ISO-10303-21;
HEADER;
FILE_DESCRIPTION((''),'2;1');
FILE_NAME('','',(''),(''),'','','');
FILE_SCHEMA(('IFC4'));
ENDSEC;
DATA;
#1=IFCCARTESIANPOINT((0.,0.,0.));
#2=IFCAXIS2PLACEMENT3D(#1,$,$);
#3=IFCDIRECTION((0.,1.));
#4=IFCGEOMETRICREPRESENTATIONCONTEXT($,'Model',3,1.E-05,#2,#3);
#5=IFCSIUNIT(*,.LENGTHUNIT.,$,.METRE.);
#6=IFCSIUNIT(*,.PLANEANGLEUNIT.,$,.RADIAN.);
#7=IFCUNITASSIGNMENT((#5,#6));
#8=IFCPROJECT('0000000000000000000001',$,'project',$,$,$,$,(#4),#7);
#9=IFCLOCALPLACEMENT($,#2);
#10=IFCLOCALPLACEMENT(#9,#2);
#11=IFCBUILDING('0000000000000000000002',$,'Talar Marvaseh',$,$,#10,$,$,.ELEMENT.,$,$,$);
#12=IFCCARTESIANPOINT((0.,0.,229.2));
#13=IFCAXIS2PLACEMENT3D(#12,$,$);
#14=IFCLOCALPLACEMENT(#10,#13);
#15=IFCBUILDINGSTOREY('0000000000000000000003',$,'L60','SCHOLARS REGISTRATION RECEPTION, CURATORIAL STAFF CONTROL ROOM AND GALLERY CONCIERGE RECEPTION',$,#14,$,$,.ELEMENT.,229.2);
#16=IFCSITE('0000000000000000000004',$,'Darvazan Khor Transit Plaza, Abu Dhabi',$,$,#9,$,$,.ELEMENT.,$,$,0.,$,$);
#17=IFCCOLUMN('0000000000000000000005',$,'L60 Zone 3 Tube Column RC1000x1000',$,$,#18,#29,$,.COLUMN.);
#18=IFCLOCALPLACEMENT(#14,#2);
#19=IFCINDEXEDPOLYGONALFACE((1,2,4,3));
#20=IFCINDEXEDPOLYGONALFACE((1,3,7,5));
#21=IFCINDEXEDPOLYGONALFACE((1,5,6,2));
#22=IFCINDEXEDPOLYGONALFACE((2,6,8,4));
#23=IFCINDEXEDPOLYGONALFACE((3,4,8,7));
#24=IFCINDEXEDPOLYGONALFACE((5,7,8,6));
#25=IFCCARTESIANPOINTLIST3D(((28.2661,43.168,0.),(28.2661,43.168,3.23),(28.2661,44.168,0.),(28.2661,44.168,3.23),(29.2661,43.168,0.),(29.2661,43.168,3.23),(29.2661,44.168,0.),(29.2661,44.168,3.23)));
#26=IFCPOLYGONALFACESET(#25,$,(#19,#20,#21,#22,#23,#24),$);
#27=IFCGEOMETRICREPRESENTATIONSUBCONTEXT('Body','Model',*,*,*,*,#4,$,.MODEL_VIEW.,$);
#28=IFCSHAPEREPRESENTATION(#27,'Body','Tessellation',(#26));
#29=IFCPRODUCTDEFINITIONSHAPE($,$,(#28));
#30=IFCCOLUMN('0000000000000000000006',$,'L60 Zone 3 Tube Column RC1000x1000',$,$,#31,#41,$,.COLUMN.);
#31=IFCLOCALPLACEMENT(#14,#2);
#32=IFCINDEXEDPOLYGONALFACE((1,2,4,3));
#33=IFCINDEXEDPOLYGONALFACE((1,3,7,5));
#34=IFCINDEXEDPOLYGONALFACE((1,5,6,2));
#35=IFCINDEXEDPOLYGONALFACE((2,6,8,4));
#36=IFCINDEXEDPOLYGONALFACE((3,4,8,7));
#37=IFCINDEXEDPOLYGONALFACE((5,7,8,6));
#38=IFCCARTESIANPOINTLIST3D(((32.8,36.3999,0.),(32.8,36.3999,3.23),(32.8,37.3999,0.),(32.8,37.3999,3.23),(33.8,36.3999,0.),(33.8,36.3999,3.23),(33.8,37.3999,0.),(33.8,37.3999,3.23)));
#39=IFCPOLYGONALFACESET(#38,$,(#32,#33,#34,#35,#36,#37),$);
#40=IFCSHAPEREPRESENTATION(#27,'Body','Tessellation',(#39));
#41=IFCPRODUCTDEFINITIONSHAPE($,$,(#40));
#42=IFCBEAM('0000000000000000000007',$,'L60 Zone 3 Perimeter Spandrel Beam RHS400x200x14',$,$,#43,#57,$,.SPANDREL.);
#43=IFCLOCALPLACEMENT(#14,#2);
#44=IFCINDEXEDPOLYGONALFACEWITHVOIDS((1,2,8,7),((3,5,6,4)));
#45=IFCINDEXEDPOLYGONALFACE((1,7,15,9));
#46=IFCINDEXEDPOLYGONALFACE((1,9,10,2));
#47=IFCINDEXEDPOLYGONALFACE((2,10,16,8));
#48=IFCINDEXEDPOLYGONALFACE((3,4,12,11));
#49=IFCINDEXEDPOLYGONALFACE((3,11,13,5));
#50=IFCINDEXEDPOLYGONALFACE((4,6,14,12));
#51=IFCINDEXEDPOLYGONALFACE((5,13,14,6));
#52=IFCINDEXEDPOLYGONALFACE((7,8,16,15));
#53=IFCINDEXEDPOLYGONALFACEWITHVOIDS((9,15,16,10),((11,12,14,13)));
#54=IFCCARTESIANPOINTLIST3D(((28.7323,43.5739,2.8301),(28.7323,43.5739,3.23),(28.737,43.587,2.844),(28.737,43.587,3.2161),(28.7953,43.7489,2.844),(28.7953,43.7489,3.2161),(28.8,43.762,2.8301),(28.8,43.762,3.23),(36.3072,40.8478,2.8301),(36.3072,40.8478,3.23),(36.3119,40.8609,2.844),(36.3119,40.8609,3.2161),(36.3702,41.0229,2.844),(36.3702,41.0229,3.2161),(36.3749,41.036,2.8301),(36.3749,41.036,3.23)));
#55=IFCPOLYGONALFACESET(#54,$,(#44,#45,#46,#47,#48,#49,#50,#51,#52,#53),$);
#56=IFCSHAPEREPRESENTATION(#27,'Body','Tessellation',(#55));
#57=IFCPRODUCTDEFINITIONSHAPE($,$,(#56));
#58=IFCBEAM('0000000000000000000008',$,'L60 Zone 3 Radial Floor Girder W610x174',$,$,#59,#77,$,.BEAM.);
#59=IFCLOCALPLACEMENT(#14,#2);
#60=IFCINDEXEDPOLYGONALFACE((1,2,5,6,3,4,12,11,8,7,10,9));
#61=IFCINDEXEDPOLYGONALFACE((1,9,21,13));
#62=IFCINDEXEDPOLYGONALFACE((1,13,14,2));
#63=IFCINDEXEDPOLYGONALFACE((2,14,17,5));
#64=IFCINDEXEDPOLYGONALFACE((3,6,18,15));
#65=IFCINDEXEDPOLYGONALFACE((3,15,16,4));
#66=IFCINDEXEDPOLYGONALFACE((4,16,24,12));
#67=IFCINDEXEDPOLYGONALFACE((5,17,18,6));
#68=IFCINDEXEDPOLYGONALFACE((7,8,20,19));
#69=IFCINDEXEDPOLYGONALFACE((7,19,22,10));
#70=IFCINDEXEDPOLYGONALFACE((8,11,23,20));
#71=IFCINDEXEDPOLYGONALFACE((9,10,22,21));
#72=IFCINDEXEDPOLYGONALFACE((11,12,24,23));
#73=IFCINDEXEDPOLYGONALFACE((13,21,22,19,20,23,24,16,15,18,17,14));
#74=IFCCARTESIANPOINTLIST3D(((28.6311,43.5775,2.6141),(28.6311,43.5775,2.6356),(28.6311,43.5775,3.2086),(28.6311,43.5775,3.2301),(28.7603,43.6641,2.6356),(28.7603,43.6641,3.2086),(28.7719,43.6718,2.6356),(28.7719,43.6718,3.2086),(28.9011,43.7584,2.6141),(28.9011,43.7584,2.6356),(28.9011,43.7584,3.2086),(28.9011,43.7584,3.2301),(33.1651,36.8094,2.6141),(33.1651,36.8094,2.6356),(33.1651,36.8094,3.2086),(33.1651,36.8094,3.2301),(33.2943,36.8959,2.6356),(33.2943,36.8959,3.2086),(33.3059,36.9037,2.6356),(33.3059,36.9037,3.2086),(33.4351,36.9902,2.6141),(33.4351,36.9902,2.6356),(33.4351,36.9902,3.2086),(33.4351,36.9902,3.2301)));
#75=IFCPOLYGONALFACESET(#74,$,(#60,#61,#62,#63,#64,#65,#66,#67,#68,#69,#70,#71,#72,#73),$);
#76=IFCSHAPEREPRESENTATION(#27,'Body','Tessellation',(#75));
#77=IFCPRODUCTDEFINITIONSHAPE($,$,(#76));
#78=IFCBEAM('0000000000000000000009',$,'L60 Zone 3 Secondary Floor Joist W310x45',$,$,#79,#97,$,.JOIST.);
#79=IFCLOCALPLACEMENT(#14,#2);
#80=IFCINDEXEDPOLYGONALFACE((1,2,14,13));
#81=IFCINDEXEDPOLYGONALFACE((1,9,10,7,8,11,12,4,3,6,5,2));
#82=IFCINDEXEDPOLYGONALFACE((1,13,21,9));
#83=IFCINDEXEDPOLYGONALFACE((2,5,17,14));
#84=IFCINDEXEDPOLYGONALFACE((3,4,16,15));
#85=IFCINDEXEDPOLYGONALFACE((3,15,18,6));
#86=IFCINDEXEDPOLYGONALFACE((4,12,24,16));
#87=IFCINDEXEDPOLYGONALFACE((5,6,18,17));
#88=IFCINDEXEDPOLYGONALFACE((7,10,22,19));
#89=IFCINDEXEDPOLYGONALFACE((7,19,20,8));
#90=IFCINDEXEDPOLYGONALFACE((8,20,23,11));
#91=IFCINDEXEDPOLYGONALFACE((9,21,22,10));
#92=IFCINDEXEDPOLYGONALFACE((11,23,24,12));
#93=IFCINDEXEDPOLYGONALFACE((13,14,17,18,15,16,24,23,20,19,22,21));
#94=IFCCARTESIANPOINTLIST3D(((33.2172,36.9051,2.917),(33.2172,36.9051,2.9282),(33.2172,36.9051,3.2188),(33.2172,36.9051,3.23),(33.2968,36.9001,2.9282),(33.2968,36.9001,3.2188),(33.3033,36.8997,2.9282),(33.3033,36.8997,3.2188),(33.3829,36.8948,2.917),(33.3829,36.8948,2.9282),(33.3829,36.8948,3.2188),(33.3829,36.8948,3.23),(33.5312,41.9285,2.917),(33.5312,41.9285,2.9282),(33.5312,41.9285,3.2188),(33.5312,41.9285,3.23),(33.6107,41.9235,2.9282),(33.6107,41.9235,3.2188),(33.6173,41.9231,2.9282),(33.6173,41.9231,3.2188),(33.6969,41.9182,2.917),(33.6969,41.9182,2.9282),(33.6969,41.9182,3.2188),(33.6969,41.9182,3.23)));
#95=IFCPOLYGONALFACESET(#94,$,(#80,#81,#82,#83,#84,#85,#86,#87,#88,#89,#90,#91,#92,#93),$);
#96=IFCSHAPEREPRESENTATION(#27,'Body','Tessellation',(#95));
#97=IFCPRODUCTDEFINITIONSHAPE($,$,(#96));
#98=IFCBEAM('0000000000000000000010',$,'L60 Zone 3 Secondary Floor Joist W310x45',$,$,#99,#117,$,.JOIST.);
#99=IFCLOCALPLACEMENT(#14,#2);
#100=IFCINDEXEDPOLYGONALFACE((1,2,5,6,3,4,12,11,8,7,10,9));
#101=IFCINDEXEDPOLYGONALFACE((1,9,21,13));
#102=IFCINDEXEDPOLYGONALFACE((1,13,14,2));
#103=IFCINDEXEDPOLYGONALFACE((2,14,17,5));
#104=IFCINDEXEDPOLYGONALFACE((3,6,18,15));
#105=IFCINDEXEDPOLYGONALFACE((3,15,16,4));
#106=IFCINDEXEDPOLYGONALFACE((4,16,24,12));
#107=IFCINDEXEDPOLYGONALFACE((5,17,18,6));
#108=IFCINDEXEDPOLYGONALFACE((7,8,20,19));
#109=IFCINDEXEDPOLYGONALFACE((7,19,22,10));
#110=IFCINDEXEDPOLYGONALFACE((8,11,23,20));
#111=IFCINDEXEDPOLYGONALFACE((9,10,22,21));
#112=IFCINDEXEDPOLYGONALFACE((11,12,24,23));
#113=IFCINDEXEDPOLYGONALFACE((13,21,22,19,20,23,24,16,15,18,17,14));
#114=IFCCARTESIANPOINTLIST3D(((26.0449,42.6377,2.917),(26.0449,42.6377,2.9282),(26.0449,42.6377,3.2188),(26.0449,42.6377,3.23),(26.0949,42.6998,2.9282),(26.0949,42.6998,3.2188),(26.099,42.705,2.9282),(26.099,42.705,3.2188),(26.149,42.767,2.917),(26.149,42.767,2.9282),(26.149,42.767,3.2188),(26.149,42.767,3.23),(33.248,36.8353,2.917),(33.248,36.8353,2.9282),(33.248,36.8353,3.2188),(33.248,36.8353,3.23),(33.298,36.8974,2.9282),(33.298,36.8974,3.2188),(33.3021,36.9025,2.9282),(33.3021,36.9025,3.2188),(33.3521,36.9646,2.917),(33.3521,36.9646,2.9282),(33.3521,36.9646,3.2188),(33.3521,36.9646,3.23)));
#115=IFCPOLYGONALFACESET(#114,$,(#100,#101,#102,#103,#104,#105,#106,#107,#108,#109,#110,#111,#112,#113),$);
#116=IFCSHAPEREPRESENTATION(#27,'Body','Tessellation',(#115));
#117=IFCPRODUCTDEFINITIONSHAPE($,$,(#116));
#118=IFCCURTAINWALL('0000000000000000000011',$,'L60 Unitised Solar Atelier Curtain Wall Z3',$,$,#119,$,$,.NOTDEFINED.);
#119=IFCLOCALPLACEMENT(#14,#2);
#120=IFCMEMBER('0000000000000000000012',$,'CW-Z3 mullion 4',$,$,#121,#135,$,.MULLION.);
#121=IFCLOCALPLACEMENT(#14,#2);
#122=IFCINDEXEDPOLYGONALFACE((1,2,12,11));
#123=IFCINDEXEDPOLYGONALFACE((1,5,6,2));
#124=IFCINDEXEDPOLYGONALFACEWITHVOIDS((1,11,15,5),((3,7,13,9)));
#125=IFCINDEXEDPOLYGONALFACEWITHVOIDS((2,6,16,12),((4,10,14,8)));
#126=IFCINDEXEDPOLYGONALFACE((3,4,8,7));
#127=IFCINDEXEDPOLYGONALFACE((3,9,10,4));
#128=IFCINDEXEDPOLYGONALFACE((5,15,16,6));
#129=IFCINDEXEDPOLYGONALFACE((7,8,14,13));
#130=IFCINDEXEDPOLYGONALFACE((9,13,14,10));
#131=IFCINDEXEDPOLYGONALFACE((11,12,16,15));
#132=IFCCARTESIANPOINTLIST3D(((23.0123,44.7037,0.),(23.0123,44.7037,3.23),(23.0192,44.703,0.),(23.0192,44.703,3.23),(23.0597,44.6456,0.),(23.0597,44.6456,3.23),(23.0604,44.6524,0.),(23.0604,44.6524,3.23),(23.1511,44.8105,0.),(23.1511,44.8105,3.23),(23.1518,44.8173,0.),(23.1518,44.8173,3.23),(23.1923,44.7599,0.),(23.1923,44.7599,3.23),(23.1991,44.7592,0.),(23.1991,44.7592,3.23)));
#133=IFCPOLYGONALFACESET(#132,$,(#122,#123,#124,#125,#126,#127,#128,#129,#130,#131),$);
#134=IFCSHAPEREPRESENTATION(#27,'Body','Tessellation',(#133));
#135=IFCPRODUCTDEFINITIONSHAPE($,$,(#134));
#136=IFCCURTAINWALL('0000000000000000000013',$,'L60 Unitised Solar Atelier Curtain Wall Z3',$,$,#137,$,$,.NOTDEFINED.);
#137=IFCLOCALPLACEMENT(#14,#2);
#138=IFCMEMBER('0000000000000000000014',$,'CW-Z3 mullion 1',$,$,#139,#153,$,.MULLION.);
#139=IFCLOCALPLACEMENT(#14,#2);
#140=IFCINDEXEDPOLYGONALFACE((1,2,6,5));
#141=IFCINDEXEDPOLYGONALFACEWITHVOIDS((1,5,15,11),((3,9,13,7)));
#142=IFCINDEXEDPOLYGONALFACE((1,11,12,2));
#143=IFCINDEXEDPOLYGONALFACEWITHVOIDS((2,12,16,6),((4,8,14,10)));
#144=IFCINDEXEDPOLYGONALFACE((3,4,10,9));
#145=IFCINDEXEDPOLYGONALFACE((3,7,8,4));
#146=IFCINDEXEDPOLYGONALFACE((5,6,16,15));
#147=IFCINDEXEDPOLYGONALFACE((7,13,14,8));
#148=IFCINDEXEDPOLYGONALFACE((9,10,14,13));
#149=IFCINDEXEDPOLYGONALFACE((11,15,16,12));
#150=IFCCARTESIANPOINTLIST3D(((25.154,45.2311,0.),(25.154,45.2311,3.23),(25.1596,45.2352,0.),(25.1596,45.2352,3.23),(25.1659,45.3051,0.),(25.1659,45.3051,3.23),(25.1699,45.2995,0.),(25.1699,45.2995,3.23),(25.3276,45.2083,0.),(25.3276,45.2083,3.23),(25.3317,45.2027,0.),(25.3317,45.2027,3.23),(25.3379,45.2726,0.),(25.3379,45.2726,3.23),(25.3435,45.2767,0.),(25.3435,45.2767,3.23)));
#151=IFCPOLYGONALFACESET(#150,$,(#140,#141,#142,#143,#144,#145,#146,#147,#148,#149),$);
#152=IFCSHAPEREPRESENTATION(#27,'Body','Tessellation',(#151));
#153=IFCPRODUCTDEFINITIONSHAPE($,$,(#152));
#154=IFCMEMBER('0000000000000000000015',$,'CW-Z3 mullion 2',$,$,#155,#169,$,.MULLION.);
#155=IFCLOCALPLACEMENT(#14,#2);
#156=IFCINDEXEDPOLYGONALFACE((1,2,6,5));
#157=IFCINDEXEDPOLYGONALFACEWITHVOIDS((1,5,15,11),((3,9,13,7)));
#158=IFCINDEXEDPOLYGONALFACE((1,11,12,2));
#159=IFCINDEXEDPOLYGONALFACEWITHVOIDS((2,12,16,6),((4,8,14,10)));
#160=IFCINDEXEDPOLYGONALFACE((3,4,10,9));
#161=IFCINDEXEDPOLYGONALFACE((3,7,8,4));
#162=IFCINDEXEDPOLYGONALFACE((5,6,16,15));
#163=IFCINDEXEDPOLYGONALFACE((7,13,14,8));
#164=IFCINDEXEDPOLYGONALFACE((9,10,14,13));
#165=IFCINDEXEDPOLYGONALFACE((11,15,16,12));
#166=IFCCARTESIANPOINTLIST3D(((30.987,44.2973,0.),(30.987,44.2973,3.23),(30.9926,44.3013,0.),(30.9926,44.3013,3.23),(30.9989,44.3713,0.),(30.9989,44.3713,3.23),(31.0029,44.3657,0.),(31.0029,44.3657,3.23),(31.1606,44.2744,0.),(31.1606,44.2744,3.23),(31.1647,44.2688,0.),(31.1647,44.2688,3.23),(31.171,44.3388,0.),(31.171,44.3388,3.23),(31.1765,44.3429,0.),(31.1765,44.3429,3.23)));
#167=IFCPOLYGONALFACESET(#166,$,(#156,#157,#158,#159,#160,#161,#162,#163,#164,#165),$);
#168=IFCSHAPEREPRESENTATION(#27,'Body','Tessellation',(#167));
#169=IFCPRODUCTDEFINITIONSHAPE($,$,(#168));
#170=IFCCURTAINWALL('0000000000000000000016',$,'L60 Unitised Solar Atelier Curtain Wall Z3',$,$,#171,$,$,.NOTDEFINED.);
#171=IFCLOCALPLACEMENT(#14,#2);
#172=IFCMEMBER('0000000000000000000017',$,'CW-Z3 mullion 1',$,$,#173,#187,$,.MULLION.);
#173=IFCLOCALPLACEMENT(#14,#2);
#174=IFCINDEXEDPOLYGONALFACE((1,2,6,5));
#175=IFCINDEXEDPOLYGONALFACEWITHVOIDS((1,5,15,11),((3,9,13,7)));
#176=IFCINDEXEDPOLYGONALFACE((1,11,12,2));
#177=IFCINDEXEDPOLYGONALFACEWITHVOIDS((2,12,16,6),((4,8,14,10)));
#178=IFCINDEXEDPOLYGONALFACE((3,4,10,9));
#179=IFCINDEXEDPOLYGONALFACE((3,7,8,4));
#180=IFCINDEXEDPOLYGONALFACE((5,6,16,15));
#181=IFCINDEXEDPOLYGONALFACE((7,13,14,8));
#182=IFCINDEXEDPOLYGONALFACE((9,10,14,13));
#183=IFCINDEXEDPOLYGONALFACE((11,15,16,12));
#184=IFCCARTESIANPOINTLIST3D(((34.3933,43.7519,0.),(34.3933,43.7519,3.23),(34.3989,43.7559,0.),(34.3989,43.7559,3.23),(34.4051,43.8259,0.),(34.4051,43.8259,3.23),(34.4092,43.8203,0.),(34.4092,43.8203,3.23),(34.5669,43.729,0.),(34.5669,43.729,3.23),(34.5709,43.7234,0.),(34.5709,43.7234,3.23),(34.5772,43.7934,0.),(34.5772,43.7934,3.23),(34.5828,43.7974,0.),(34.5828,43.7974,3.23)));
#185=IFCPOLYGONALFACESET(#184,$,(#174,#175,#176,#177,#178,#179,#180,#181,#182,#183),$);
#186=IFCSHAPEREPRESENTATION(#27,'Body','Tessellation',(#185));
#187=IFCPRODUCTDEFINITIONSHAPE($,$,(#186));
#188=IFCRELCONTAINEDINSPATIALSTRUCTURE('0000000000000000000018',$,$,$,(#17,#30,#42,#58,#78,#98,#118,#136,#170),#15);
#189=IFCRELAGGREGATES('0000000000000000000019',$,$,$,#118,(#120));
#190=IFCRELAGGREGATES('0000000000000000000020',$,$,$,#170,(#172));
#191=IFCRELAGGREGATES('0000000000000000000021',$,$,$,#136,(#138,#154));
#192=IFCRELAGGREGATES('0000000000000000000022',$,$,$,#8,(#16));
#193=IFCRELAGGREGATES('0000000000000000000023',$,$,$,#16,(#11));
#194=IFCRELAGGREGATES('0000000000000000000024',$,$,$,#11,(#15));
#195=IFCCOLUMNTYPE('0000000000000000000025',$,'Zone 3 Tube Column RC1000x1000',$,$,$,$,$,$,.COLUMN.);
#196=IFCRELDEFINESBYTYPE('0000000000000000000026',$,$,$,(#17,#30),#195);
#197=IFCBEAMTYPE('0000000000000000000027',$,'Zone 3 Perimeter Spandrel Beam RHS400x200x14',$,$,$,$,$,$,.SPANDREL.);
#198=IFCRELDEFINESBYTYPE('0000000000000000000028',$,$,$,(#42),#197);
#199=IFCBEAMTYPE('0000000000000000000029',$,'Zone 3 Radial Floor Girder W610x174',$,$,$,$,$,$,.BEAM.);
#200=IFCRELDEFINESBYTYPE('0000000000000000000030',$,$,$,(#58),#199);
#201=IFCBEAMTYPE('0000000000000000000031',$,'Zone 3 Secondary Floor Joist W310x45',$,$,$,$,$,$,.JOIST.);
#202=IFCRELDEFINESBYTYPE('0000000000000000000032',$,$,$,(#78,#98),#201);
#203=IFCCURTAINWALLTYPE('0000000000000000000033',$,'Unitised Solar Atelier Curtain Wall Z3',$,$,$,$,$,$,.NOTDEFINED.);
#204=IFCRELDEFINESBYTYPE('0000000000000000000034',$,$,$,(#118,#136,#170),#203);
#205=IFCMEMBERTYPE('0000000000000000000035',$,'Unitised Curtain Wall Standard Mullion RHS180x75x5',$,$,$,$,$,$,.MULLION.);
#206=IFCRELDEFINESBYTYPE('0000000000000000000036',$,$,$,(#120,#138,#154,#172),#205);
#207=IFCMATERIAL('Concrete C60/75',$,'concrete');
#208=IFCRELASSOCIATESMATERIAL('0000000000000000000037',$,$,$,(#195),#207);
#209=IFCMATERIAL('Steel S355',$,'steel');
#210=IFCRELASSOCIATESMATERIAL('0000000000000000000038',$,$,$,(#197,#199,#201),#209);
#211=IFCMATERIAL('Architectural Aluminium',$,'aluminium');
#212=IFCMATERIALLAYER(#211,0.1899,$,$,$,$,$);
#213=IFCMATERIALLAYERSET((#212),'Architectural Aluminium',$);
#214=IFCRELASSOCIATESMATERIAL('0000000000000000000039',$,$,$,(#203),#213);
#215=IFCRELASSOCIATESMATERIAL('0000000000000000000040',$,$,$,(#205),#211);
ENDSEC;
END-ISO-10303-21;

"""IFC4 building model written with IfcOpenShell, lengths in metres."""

from ifc_helpers import new_model, si_unit, direction, frame, origin, origin_2d, place, context, subcontext, project, spatial, rectangle, hollow_rectangle, i_section, extrude, source, transform, mapped, material, layer, layer_set, material_profile, profile_set, type_object, type_shapes, element, aggregate, save


model = new_model("IFC4")

# Units and contexts
model_context = context("Model", 3, precision=1e-05, world=origin(), true_north=direction((0.0, 1.0)))
body_context = subcontext(model_context, "Body", "Model", "MODEL_VIEW")
ifc_project = project(units=[si_unit("LENGTHUNIT", "METRE"), si_unit("PLANEANGLEUNIT", "RADIAN")], contexts=[model_context])

# Site, building, storey
site_placement = place(None, origin())
site = spatial("IfcSite", under=ifc_project, at=site_placement, Name="Darvazan Khor Transit Plaza, Abu Dhabi", CompositionType="ELEMENT", RefElevation=0.0)
building_placement = place(site_placement, origin())
building = spatial("IfcBuilding", under=site, at=building_placement, Name="Talar Marvaseh", CompositionType="ELEMENT")
storey_placement = place(building_placement, frame((0.0, 0.0, 229.2)))
storey = spatial("IfcBuildingStorey", under=building, at=storey_placement, Name="L60", Description="SCHOLARS REGISTRATION RECEPTION, CURATORIAL STAFF CONTROL ROOM AND GALLERY CONCIERGE RECEPTION", CompositionType="ELEMENT", Elevation=229.2)

# Columns
ifc_material_1 = material(Name="Concrete C60/75", Category="concrete")
ifc_material_profile_1 = material_profile(ifc_material_1, rectangle(XDim=1.0, YDim=1.0, at=origin_2d()), Name="RC1000x1000")
ifc_profile_set_1 = profile_set([ifc_material_profile_1], Name="Concrete C60/75")
column_type = type_object("IfcColumnType", Name="Zone 3 Tube Column RC1000x1000", PredefinedType="COLUMN", material=ifc_profile_set_1)
for number, where, z_axis, x_axis, name in (
    (1, (28.7661, 43.668, 0.0), (0.0, 0.0, 1.0), (1.0, 0.0, 0.0), "L60 Zone 3 Tube Column RC1000x1000"),
    (2, (33.3, 36.8999, 0.0), (0.0, 0.0, 1.0), (1.0, 0.0, 0.0), "L60 Zone 3 Tube Column RC1000x1000"),
):
    element("IfcColumn", number, at=place(storey_placement, frame(where, z_axis=z_axis, x_axis=x_axis)), inside=storey, type_object=column_type, Name=name, PredefinedType="COLUMN", context=body_context, shape_type="SweptSolid", body=[
        extrude(rectangle(XDim=1.0, YDim=1.0, at=origin_2d()), origin(), (0.0, 0.0, 1.0), 3.23),
    ])

# Beams
ifc_material_2 = material(Name="Steel S355", Category="steel")
ifc_material_profile_2 = material_profile(ifc_material_2, hollow_rectangle(XDim=0.2, YDim=0.3999, WallThickness=0.0139, at=origin_2d()), Name="RHS400x200x14")
ifc_profile_set_2 = profile_set([ifc_material_profile_2], Name="Steel S355")
beam_type_1 = type_object("IfcBeamType", Name="Zone 3 Perimeter Spandrel Beam RHS400x200x14", PredefinedType="SPANDREL", material=ifc_profile_set_2)
beam_1_placement = place(storey_placement, frame((28.7661, 43.668, 3.03), z_axis=(0.940923, -0.33862, 0.0), x_axis=(0.33862, 0.940923, 0.0)))
element("IfcBeam", 3, at=beam_1_placement, inside=storey, type_object=beam_type_1, Name="L60 Zone 3 Perimeter Spandrel Beam RHS400x200x14", PredefinedType="SPANDREL", context=body_context, shape_type="SweptSolid", body=[
    extrude(hollow_rectangle(XDim=0.2, YDim=0.3999, WallThickness=0.0139, at=origin_2d()), origin(), (0.0, 0.0, 1.0), 8.0505),
])
ifc_material_profile_3 = material_profile(ifc_material_2, i_section(OverallWidth=0.325, OverallDepth=0.616, WebThickness=0.0139, FlangeThickness=0.0215, at=origin_2d()), Name="W610x174")
ifc_profile_set_3 = profile_set([ifc_material_profile_3], Name="Steel S355")
beam_type_2 = type_object("IfcBeamType", Name="Zone 3 Radial Floor Girder W610x174", PredefinedType="BEAM", material=ifc_profile_set_3)
beam_2_placement = place(storey_placement, frame((28.7661, 43.668, 2.9221), z_axis=(0.556559, -0.830808, 0.0), x_axis=(0.830808, 0.556559, 0.0)))
element("IfcBeam", 4, at=beam_2_placement, inside=storey, type_object=beam_type_2, Name="L60 Zone 3 Radial Floor Girder W610x174", PredefinedType="BEAM", context=body_context, shape_type="SweptSolid", body=[
    extrude(i_section(OverallWidth=0.325, OverallDepth=0.616, WebThickness=0.0139, FlangeThickness=0.0215, at=origin_2d()), origin(), (0.0, 0.0, 1.0), 8.1465),
])
ifc_material_profile_4 = material_profile(ifc_material_2, i_section(OverallWidth=0.166, OverallDepth=0.313, WebThickness=0.0066, FlangeThickness=0.0112, at=origin_2d()), Name="W310x45")
ifc_profile_set_4 = profile_set([ifc_material_profile_4], Name="Steel S355")
beam_type_3 = type_object("IfcBeamType", Name="Zone 3 Secondary Floor Joist W310x45", PredefinedType="JOIST", material=ifc_profile_set_4)
beam_3_placement = place(storey_placement, frame((33.614, 41.9233, 3.0735), z_axis=(-0.062378, -0.998053, 0.0), x_axis=(0.998053, -0.062378, 0.0)))
element("IfcBeam", 5, at=beam_3_placement, inside=storey, type_object=beam_type_3, Name="L60 Zone 3 Secondary Floor Joist W310x45", PredefinedType="JOIST", context=body_context, shape_type="SweptSolid", body=[
    extrude(i_section(OverallWidth=0.166, OverallDepth=0.313, WebThickness=0.0066, FlangeThickness=0.0112, at=origin_2d()), origin(), (0.0, 0.0, 1.0), 5.0332),
])
beam_4_placement = place(storey_placement, frame((26.0969, 42.7024, 3.0735), z_axis=(0.778755, -0.627328, 0.0), x_axis=(0.627328, 0.778755, 0.0)))
element("IfcBeam", 6, at=beam_4_placement, inside=storey, type_object=beam_type_3, Name="L60 Zone 3 Secondary Floor Joist W310x45", PredefinedType="JOIST", context=body_context, shape_type="SweptSolid", body=[
    extrude(i_section(OverallWidth=0.166, OverallDepth=0.313, WebThickness=0.0066, FlangeThickness=0.0112, at=origin_2d()), origin(), (0.0, 0.0, 1.0), 9.2495),
])

# Curtain wall, member
ifc_material_3 = material(Name="Architectural Aluminium", Category="aluminium")
ifc_layer_1 = layer(ifc_material_3, 0.1899)
ifc_layer_set_1 = layer_set([ifc_layer_1], Name="Architectural Aluminium")
curtain_wall_type = type_object("IfcCurtainWallType", Name="Unitised Solar Atelier Curtain Wall Z3", PredefinedType="NOTDEFINED", material=ifc_layer_set_1)
curtain_wall_1_placement = place(storey_placement, origin())
curtain_wall_1 = element("IfcCurtainWall", 7, at=curtain_wall_1_placement, inside=storey, type_object=curtain_wall_type, Name="L60 Unitised Solar Atelier Curtain Wall Z3", PredefinedType="NOTDEFINED")
ifc_material_profile_5 = material_profile(ifc_material_3, hollow_rectangle(XDim=0.075, YDim=0.1799, WallThickness=0.0049, at=origin_2d()), Name="RHS180x75x5")
ifc_profile_set_5 = profile_set([ifc_material_profile_5], Name="Architectural Aluminium")
member_type_1 = type_object("IfcMemberType", Name="Unitised Curtain Wall Standard Mullion RHS180x75x5", PredefinedType="MULLION", material=ifc_profile_set_5)
shared_shape_1 = source(origin(), body_context, "Body", "SweptSolid", [
    extrude(hollow_rectangle(XDim=0.075, YDim=0.1799, WallThickness=0.0049, at=origin_2d()), origin(), (0.0, 0.0, 1.0), 3.23),
])
type_shapes(member_type_1, [shared_shape_1])
member_1_placement = place(storey_placement, frame((23.1057, 44.7314, 0.0), z_axis=(0.0, 0.0, 1.0), x_axis=(-0.631784, 0.775145, 0.0)))
member_1 = element("IfcMember", 8, at=member_1_placement, type_object=member_type_1, Name="CW-Z3 mullion 4", PredefinedType="MULLION", context=body_context, shape_type="MappedRepresentation", body=[
    mapped(shared_shape_1, transform((0.0, 0.0, 0.0), x_axis=(1.0, 0.0, 0.0), y_axis=(0.0, 1.0, 0.0), z_axis=(0.0, 0.0, 1.0), scale=1.0)),
])
aggregate(curtain_wall_1, [member_1])

# Curtain wall, members
curtain_wall_2_placement = place(storey_placement, origin())
curtain_wall_2 = element("IfcCurtainWall", 9, at=curtain_wall_2_placement, inside=storey, type_object=curtain_wall_type, Name="L60 Unitised Solar Atelier Curtain Wall Z3", PredefinedType="NOTDEFINED")
member_2_placement = place(storey_placement, frame((25.2488, 45.2539, 0.0), z_axis=(0.0, 0.0, 1.0), x_axis=(0.158085, 0.987426, 0.0)))
member_2 = element("IfcMember", 10, at=member_2_placement, type_object=member_type_1, Name="CW-Z3 mullion 1", PredefinedType="MULLION", context=body_context, shape_type="MappedRepresentation", body=[
    mapped(shared_shape_1, transform((0.0, 0.0, 0.0), x_axis=(1.0, 0.0, 0.0), y_axis=(0.0, 1.0, 0.0), z_axis=(0.0, 0.0, 1.0), scale=1.0)),
])
member_3_placement = place(storey_placement, frame((31.0818, 44.3201, 0.0), z_axis=(0.0, 0.0, 1.0), x_axis=(0.158085, 0.987426, 0.0)))
member_3 = element("IfcMember", 11, at=member_3_placement, type_object=member_type_1, Name="CW-Z3 mullion 2", PredefinedType="MULLION", context=body_context, shape_type="MappedRepresentation", body=[
    mapped(shared_shape_1, transform((0.0, 0.0, 0.0), x_axis=(1.0, 0.0, 0.0), y_axis=(0.0, 1.0, 0.0), z_axis=(0.0, 0.0, 1.0), scale=1.0)),
])

# Curtain wall, member
curtain_wall_3_placement = place(storey_placement, origin())
curtain_wall_3 = element("IfcCurtainWall", 12, at=curtain_wall_3_placement, inside=storey, type_object=curtain_wall_type, Name="L60 Unitised Solar Atelier Curtain Wall Z3", PredefinedType="NOTDEFINED")
member_4_placement = place(storey_placement, frame((34.488, 43.7747, 0.0), z_axis=(0.0, 0.0, 1.0), x_axis=(0.158085, 0.987426, 0.0)))
member_4 = element("IfcMember", 13, at=member_4_placement, type_object=member_type_1, Name="CW-Z3 mullion 1", PredefinedType="MULLION", context=body_context, shape_type="MappedRepresentation", body=[
    mapped(shared_shape_1, transform((0.0, 0.0, 0.0), x_axis=(1.0, 0.0, 0.0), y_axis=(0.0, 1.0, 0.0), z_axis=(0.0, 0.0, 1.0), scale=1.0)),
])
aggregate(curtain_wall_3, [member_4])

aggregate(curtain_wall_2, [member_2, member_3])

save(model, "model.ifc")
